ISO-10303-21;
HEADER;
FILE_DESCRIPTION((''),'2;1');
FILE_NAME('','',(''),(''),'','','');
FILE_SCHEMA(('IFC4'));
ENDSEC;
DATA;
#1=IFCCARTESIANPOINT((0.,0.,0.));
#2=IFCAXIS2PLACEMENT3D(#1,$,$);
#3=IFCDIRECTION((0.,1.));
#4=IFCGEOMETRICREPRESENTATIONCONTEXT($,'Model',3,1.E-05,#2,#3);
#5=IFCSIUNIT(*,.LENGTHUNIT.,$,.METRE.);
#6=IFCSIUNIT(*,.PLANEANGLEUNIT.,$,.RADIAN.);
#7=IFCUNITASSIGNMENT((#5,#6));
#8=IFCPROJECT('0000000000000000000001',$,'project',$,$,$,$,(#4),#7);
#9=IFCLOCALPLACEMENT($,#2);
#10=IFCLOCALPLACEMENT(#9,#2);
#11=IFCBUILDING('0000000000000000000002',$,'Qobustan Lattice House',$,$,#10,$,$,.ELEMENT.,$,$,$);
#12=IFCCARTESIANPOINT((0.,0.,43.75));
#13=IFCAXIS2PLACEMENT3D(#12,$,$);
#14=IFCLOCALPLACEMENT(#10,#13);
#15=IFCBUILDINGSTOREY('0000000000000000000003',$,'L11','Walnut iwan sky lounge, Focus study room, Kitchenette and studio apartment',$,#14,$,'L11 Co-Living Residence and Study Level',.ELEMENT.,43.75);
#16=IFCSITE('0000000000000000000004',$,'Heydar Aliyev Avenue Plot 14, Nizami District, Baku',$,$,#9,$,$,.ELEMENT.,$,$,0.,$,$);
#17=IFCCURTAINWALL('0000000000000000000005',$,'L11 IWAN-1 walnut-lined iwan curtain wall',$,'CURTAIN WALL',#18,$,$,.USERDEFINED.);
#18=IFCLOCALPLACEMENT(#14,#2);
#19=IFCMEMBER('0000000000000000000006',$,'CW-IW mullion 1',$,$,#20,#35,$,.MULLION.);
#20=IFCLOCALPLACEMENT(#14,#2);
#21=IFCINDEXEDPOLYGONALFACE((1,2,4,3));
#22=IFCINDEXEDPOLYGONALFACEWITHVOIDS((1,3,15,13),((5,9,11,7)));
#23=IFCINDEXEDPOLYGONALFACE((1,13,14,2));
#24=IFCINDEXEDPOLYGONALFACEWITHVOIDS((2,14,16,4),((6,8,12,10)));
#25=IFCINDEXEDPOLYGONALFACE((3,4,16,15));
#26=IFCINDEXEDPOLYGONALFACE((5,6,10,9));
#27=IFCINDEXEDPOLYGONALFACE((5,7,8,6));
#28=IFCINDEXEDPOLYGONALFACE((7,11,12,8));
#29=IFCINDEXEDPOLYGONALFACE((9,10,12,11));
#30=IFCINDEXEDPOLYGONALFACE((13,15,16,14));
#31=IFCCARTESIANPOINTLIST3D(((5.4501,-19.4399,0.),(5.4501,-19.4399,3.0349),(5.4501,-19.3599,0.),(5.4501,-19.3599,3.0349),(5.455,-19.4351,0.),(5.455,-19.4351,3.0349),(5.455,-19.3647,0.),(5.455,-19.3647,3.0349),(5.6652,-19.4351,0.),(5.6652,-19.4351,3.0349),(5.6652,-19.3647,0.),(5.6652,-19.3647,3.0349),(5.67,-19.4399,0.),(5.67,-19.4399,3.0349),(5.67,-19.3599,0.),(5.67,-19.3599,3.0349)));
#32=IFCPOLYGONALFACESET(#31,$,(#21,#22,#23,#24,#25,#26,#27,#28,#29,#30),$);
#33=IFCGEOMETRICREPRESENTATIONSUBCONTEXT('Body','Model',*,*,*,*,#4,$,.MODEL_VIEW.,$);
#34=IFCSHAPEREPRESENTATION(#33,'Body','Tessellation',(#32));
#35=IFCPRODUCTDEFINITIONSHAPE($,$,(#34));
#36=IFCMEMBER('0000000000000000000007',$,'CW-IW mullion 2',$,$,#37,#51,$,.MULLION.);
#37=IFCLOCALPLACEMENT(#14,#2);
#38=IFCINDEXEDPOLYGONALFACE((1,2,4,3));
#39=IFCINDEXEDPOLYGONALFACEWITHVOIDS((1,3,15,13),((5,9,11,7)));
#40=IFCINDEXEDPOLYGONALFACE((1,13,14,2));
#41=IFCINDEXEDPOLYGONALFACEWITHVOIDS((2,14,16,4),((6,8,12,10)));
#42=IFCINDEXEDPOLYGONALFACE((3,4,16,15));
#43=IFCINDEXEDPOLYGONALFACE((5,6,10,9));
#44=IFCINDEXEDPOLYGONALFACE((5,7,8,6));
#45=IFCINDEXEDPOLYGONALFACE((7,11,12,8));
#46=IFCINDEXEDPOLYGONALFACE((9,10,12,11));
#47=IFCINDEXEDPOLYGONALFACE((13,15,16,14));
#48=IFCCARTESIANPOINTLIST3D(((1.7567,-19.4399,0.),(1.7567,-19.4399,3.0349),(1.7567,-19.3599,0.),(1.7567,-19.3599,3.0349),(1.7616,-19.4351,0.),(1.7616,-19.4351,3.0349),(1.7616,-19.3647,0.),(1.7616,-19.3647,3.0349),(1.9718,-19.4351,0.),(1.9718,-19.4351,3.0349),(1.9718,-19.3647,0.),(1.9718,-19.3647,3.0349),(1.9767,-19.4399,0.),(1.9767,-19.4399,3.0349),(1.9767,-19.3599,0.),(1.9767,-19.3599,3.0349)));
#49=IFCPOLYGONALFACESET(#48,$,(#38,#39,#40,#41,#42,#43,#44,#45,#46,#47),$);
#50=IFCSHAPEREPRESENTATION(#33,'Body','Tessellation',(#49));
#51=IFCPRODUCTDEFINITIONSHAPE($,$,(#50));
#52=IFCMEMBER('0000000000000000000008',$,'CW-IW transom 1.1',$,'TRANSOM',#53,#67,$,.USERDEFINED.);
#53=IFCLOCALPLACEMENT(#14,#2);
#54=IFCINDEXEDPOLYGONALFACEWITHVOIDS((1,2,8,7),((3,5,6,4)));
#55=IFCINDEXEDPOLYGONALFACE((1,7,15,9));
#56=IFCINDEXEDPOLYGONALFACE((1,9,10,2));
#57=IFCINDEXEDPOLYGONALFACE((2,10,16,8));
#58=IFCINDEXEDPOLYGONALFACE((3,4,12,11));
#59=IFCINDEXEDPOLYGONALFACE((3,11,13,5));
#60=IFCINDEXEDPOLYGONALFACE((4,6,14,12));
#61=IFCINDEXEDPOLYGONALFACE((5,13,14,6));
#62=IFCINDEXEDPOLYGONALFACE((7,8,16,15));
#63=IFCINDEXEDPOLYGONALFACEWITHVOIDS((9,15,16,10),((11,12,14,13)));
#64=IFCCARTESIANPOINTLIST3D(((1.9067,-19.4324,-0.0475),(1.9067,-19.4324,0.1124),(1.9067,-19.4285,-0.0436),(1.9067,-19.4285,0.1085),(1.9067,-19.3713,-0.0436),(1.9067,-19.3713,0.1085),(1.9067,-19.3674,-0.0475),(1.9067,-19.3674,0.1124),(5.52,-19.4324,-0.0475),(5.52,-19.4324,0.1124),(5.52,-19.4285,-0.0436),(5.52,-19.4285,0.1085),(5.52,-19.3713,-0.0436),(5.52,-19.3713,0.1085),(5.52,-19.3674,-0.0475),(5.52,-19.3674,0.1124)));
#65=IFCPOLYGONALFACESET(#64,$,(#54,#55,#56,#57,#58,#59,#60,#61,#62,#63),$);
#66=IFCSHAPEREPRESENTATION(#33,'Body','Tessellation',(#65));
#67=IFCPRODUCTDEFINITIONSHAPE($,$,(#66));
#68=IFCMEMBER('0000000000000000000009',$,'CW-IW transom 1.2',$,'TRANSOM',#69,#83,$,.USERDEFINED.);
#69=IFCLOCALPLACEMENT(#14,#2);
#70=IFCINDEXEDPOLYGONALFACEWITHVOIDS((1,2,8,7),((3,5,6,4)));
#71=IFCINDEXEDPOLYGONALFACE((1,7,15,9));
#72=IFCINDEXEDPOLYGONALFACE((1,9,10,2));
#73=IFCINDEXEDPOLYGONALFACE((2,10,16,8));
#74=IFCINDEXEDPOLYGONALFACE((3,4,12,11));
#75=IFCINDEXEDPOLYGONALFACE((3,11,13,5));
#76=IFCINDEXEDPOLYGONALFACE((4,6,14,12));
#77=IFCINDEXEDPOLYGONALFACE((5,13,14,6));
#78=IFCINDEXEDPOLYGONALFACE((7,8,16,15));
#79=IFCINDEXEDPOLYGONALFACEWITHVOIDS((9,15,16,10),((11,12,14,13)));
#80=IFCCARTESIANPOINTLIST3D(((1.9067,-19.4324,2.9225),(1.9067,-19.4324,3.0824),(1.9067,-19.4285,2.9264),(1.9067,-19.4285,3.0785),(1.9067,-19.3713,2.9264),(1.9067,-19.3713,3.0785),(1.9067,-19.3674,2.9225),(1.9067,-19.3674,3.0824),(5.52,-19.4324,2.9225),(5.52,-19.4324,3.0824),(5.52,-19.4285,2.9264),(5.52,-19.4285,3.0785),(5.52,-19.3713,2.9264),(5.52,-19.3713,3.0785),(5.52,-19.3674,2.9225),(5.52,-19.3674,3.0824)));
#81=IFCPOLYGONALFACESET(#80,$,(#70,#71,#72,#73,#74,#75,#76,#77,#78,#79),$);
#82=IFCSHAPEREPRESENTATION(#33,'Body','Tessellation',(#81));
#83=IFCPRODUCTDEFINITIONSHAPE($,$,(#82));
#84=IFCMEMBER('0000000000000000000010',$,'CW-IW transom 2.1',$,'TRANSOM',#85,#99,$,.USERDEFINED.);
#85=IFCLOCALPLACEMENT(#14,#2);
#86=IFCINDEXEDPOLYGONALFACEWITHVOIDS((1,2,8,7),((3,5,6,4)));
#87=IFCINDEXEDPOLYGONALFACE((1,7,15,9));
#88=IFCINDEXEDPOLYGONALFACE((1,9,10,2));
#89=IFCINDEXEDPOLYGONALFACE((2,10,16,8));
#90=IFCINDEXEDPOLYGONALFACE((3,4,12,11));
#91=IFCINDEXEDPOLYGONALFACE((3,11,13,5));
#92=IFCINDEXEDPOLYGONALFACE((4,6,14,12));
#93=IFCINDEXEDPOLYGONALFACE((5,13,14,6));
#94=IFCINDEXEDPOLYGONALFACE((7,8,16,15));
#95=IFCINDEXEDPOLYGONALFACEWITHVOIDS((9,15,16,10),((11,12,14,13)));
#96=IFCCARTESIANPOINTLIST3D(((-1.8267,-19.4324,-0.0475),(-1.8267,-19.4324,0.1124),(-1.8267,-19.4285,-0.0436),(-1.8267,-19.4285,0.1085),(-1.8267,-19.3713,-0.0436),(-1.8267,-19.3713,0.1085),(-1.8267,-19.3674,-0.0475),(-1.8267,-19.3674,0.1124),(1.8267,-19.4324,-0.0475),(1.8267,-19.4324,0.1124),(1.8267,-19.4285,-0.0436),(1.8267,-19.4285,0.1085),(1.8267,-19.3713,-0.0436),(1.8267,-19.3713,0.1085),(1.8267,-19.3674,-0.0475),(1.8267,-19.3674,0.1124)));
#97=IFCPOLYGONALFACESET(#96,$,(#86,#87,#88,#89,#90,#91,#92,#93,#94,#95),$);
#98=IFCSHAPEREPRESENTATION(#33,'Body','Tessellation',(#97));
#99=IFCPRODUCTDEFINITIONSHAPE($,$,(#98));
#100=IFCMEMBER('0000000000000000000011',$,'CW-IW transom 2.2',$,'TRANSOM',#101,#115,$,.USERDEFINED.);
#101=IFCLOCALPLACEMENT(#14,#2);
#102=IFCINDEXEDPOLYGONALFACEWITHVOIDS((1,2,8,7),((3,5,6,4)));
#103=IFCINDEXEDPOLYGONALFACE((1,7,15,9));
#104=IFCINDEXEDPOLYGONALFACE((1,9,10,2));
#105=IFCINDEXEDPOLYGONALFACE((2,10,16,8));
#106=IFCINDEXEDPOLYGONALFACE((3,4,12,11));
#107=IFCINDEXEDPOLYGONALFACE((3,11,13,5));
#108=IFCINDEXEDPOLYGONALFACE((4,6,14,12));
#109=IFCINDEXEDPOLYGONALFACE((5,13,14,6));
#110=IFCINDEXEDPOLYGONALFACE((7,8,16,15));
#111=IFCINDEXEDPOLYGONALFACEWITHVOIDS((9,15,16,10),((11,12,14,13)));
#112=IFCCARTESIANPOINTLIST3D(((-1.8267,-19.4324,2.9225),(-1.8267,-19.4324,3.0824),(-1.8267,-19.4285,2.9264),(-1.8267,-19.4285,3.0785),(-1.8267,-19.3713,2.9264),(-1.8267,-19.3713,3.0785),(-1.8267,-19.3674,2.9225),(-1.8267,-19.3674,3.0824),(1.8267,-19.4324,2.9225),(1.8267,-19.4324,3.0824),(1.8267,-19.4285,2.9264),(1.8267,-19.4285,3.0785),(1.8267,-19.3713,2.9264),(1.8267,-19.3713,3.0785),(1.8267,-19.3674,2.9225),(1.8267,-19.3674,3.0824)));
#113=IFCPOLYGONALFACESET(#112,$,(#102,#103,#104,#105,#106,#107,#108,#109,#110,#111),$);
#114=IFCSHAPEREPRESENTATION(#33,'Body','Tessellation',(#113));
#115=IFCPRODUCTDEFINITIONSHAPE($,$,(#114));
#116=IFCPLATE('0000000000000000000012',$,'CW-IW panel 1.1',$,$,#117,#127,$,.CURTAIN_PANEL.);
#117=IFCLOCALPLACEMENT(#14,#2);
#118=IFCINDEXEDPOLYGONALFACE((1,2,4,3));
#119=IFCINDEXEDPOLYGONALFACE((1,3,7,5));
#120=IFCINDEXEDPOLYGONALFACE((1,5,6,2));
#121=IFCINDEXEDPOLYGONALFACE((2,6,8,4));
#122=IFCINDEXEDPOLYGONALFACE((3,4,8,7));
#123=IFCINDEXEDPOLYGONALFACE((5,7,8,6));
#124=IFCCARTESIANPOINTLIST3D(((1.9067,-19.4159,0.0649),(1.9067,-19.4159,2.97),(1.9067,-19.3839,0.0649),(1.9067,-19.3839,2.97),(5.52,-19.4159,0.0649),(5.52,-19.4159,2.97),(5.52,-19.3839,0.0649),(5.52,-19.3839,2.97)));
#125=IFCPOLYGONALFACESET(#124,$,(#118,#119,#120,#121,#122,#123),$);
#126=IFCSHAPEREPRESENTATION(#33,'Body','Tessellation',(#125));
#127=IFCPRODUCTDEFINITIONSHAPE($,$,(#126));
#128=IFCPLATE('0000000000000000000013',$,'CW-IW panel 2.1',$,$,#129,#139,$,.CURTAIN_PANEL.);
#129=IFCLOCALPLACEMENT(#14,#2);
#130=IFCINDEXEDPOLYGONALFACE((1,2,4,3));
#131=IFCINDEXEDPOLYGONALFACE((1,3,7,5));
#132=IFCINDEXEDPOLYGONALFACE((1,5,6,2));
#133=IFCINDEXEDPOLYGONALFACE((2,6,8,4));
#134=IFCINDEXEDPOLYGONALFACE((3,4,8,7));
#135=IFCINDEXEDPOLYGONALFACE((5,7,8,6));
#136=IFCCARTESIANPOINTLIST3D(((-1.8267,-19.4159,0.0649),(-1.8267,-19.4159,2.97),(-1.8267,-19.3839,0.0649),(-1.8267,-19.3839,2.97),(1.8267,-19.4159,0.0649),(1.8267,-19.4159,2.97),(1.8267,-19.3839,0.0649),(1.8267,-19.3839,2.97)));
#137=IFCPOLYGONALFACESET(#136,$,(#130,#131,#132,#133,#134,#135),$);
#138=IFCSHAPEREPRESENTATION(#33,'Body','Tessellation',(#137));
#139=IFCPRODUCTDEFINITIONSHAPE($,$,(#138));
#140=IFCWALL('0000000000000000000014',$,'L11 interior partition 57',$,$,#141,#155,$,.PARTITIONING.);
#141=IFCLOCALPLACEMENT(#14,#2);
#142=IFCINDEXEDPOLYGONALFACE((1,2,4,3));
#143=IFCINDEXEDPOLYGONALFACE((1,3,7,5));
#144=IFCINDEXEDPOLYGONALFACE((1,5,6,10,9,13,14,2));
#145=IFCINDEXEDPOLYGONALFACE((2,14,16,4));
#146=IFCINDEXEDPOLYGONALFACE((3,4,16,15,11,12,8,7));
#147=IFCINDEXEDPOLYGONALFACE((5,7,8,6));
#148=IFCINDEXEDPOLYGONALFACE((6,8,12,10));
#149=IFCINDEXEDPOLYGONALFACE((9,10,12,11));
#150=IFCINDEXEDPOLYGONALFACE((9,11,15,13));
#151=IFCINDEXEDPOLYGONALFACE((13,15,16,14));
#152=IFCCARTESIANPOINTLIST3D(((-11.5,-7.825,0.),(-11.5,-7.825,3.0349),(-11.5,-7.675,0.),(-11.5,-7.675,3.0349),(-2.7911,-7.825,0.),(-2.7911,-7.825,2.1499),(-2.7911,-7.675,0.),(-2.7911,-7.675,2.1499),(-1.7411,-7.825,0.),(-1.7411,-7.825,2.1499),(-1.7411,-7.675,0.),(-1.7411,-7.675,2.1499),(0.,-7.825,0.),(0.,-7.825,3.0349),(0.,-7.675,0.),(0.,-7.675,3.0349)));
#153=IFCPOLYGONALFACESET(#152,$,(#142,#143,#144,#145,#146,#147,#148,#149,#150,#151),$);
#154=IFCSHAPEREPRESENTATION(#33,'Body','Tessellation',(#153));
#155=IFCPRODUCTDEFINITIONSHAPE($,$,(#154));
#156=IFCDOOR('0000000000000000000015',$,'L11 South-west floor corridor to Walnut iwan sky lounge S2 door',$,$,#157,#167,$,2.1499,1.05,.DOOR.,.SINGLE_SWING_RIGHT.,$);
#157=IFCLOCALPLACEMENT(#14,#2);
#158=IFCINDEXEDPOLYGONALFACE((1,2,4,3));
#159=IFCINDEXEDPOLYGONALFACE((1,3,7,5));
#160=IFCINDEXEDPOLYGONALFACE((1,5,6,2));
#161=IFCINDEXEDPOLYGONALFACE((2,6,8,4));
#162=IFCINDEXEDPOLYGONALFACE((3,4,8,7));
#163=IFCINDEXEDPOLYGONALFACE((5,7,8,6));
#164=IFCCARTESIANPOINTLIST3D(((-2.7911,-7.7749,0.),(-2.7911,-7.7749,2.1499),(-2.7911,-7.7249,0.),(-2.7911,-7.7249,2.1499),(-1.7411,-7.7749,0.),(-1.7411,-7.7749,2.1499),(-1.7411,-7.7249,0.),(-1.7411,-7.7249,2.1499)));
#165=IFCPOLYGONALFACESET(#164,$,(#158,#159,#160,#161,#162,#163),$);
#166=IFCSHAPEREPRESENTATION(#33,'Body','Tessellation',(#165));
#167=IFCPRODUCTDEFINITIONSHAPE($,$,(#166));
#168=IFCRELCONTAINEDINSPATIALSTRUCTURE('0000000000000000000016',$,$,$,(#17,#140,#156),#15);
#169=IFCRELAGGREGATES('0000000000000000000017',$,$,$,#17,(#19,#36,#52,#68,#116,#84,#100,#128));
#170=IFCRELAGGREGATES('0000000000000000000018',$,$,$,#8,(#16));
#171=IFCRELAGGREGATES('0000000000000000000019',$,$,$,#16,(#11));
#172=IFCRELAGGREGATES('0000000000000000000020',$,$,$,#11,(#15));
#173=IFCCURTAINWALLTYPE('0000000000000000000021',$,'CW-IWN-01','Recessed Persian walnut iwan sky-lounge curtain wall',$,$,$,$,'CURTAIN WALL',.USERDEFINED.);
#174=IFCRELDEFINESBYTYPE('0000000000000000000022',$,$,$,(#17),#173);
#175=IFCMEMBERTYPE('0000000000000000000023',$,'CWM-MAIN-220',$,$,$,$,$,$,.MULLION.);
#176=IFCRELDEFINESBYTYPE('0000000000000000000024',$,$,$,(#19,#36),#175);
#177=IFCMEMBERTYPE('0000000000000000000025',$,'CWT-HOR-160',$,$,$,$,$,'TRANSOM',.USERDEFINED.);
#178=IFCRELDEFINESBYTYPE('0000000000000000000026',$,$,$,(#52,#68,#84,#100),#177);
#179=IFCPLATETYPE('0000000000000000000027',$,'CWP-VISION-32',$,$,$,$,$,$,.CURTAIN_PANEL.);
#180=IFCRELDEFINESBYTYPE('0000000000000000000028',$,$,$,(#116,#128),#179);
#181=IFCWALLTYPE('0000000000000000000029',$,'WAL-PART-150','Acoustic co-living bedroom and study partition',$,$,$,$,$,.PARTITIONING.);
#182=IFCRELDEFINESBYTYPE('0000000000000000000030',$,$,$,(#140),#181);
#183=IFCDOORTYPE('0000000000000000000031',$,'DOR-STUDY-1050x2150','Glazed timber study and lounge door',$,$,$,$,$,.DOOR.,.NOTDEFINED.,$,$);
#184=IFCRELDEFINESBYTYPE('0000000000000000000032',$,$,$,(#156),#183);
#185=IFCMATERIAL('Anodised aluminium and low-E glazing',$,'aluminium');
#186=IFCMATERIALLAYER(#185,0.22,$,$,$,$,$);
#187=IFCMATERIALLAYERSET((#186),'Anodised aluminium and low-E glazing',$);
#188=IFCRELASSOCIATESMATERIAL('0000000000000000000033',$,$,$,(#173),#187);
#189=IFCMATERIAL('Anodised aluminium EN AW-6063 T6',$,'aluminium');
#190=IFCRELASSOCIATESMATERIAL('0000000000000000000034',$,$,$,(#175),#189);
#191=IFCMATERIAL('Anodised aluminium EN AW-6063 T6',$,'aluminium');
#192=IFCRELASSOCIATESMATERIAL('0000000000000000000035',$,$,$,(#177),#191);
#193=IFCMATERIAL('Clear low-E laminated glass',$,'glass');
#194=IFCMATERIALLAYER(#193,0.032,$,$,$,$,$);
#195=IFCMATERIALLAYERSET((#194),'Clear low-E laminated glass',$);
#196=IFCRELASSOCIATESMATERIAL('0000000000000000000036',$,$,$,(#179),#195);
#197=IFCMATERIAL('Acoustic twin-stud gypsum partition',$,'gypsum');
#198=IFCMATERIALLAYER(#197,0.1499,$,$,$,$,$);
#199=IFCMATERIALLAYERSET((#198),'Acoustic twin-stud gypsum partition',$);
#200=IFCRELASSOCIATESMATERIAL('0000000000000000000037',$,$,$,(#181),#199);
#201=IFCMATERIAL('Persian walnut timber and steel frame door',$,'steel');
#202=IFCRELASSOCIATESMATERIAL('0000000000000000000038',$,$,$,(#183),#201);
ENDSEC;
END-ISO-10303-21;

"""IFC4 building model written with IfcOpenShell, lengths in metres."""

from ifc_helpers import new_model, si_unit, direction, frame, frame_2d, origin, origin_2d, place, context, subcontext, project, spatial, rectangle, hollow_rectangle, extrude, material, layer, layer_set, material_profile, profile_set, type_object, element, fill, aggregate, save


model = new_model("IFC4")

# Units and contexts
model_context = context("Model", 3, precision=1e-05, world=origin(), true_north=direction((0.0, 1.0)))
body_context = subcontext(model_context, "Body", "Model", "MODEL_VIEW")
ifc_project = project(units=[si_unit("LENGTHUNIT", "METRE"), si_unit("PLANEANGLEUNIT", "RADIAN")], contexts=[model_context])

# Site, building, storey
site_placement = place(None, origin())
site = spatial("IfcSite", under=ifc_project, at=site_placement, Name="Heydar Aliyev Avenue Plot 14, Nizami District, Baku", CompositionType="ELEMENT", RefElevation=0.0)
building_placement = place(site_placement, origin())
building = spatial("IfcBuilding", under=site, at=building_placement, Name="Qobustan Lattice House", CompositionType="ELEMENT")
storey_placement = place(building_placement, frame((0.0, 0.0, 43.75)))
storey = spatial("IfcBuildingStorey", under=building, at=storey_placement, Name="L11", Description="Walnut iwan sky lounge, Focus study room, Kitchenette and studio apartment", LongName="L11 Co-Living Residence and Study Level", CompositionType="ELEMENT", Elevation=43.75)

# Curtain wall, members, plates
ifc_material_1 = material(Name="Anodised aluminium and low-E glazing", Category="aluminium")
ifc_layer_1 = layer(ifc_material_1, 0.22)
ifc_layer_set_1 = layer_set([ifc_layer_1], Name="Anodised aluminium and low-E glazing")
curtain_wall_type = type_object("IfcCurtainWallType", Name="CW-IWN-01", Description="Recessed Persian walnut iwan sky-lounge curtain wall", ElementType="CURTAIN WALL", PredefinedType="USERDEFINED", material=ifc_layer_set_1)
curtain_wall_placement = place(storey_placement, origin())
curtain_wall = element("IfcCurtainWall", 1, at=curtain_wall_placement, inside=storey, type_object=curtain_wall_type, Name="L11 IWAN-1 walnut-lined iwan curtain wall", ObjectType="CURTAIN WALL", PredefinedType="USERDEFINED")
ifc_material_2 = material(Name="Anodised aluminium EN AW-6063 T6", Category="aluminium")
ifc_material_profile_1 = material_profile(ifc_material_2, hollow_rectangle(XDim=0.0801, YDim=0.22, WallThickness=0.0049, at=origin_2d()), Name="CWM-220x80")
ifc_profile_set_1 = profile_set([ifc_material_profile_1], Name="Anodised aluminium EN AW-6063 T6")
member_type_1 = type_object("IfcMemberType", Name="CWM-MAIN-220", PredefinedType="MULLION", material=ifc_profile_set_1)
member_1_placement = place(storey_placement, frame((5.5601, -19.3999, 0.0), z_axis=(0.0, 0.0, 1.0), x_axis=(0.0, -1.0, 0.0)))
member_1 = element("IfcMember", 2, at=member_1_placement, type_object=member_type_1, Name="CW-IW mullion 1", PredefinedType="MULLION", context=body_context, shape_type="SweptSolid", body=[
    extrude(hollow_rectangle(XDim=0.0801, YDim=0.22, WallThickness=0.0049, at=origin_2d()), origin(), (0.0, 0.0, 1.0), 3.0349),
])
member_2_placement = place(storey_placement, frame((1.8667, -19.3999, 0.0), z_axis=(0.0, 0.0, 1.0), x_axis=(0.0, -1.0, 0.0)))
member_2 = element("IfcMember", 3, at=member_2_placement, type_object=member_type_1, Name="CW-IW mullion 2", PredefinedType="MULLION", context=body_context, shape_type="SweptSolid", body=[
    extrude(hollow_rectangle(XDim=0.0801, YDim=0.22, WallThickness=0.0049, at=origin_2d()), origin(), (0.0, 0.0, 1.0), 3.0349),
])
ifc_material_3 = material(Name="Anodised aluminium EN AW-6063 T6", Category="aluminium")
ifc_material_profile_2 = material_profile(ifc_material_3, hollow_rectangle(XDim=0.0649, YDim=0.1599, WallThickness=0.0039, at=origin_2d()), Name="CWT-160x65")
ifc_profile_set_2 = profile_set([ifc_material_profile_2], Name="Anodised aluminium EN AW-6063 T6")
member_type_2 = type_object("IfcMemberType", Name="CWT-HOR-160", ElementType="TRANSOM", PredefinedType="USERDEFINED", material=ifc_profile_set_2)
member_3_placement = place(storey_placement, frame((5.52, -19.3999, 0.0325), z_axis=(-1.0, 0.0, 0.0), x_axis=(0.0, -1.0, 0.0)))
member_3 = element("IfcMember", 4, at=member_3_placement, type_object=member_type_2, Name="CW-IW transom 1.1", ObjectType="TRANSOM", PredefinedType="USERDEFINED", context=body_context, shape_type="SweptSolid", body=[
    extrude(hollow_rectangle(XDim=0.0649, YDim=0.1599, WallThickness=0.0039, at=origin_2d()), origin(), (0.0, 0.0, 1.0), 3.6133),
])
member_4_placement = place(storey_placement, frame((5.52, -19.3999, 3.0024), z_axis=(-1.0, 0.0, 0.0), x_axis=(0.0, -1.0, 0.0)))
member_4 = element("IfcMember", 5, at=member_4_placement, type_object=member_type_2, Name="CW-IW transom 1.2", ObjectType="TRANSOM", PredefinedType="USERDEFINED", context=body_context, shape_type="SweptSolid", body=[
    extrude(hollow_rectangle(XDim=0.0649, YDim=0.1599, WallThickness=0.0039, at=origin_2d()), origin(), (0.0, 0.0, 1.0), 3.6133),
])
member_5_placement = place(storey_placement, frame((1.8267, -19.3999, 0.0325), z_axis=(-1.0, 0.0, 0.0), x_axis=(0.0, -1.0, 0.0)))
member_5 = element("IfcMember", 6, at=member_5_placement, type_object=member_type_2, Name="CW-IW transom 2.1", ObjectType="TRANSOM", PredefinedType="USERDEFINED", context=body_context, shape_type="SweptSolid", body=[
    extrude(hollow_rectangle(XDim=0.0649, YDim=0.1599, WallThickness=0.0039, at=origin_2d()), origin(), (0.0, 0.0, 1.0), 3.6533),
])
member_6_placement = place(storey_placement, frame((1.8267, -19.3999, 3.0024), z_axis=(-1.0, 0.0, 0.0), x_axis=(0.0, -1.0, 0.0)))
member_6 = element("IfcMember", 7, at=member_6_placement, type_object=member_type_2, Name="CW-IW transom 2.2", ObjectType="TRANSOM", PredefinedType="USERDEFINED", context=body_context, shape_type="SweptSolid", body=[
    extrude(hollow_rectangle(XDim=0.0649, YDim=0.1599, WallThickness=0.0039, at=origin_2d()), origin(), (0.0, 0.0, 1.0), 3.6533),
])
ifc_material_4 = material(Name="Clear low-E laminated glass", Category="glass")
ifc_layer_2 = layer(ifc_material_4, 0.032)
ifc_layer_set_2 = layer_set([ifc_layer_2], Name="Clear low-E laminated glass")
plate_type = type_object("IfcPlateType", Name="CWP-VISION-32", PredefinedType="CURTAIN_PANEL", material=ifc_layer_set_2)
plate_1_placement = place(storey_placement, frame((3.7134, -19.3999, 0.0649), z_axis=(0.0, 0.0, 1.0), x_axis=(-1.0, 0.0, 0.0)))
plate_1 = element("IfcPlate", 8, at=plate_1_placement, type_object=plate_type, Name="CW-IW panel 1.1", PredefinedType="CURTAIN_PANEL", context=body_context, shape_type="SweptSolid", body=[
    extrude(rectangle(XDim=3.6133, YDim=0.032, at=origin_2d()), origin(), (0.0, 0.0, 1.0), 2.905),
])
plate_2_placement = place(storey_placement, frame((0.0, -19.3999, 0.0649), z_axis=(0.0, 0.0, 1.0), x_axis=(-1.0, 0.0, 0.0)))
plate_2 = element("IfcPlate", 9, at=plate_2_placement, type_object=plate_type, Name="CW-IW panel 2.1", PredefinedType="CURTAIN_PANEL", context=body_context, shape_type="SweptSolid", body=[
    extrude(rectangle(XDim=3.6533, YDim=0.032, at=origin_2d()), origin(), (0.0, 0.0, 1.0), 2.905),
])
aggregate(curtain_wall, [member_1, member_2, member_3, member_4, plate_1, member_5, member_6, plate_2])

# Wall, opening, door
ifc_material_5 = material(Name="Acoustic twin-stud gypsum partition", Category="gypsum")
ifc_layer_3 = layer(ifc_material_5, 0.1499)
ifc_layer_set_3 = layer_set([ifc_layer_3], Name="Acoustic twin-stud gypsum partition")
wall_type_1 = type_object("IfcWallType", Name="WAL-PART-150", Description="Acoustic co-living bedroom and study partition", PredefinedType="PARTITIONING", material=ifc_layer_set_3)
wall_1_placement = place(storey_placement, frame((0.0, -7.75, 0.0), z_axis=(0.0, 0.0, 1.0), x_axis=(-1.0, 0.0, 0.0)))
wall_1 = element("IfcWall", 10, at=wall_1_placement, inside=storey, type_object=wall_type_1, Name="L11 interior partition 57", PredefinedType="PARTITIONING", context=body_context, shape_type="SweptSolid", body=[
    extrude(rectangle(XDim=11.5, YDim=0.1499, at=frame_2d((5.75, 0.0))), origin(), (0.0, 0.0, 1.0), 3.0349),
])
opening_1_placement = place(wall_1_placement, frame((1.7412, 0.0, 0.0)))
opening_1 = element("IfcOpeningElement", 11, at=opening_1_placement, cuts=wall_1, PredefinedType="OPENING", context=body_context, shape_type="SweptSolid", body=[
    extrude(rectangle(XDim=1.05, YDim=2.1499, at=frame_2d((0.5249, 1.075))), frame((0.0, 0.085, 0.0), z_axis=(0.0, -1.0, 0.0), x_axis=(1.0, 0.0, 0.0)), (0.0, 0.0, 1.0), 0.1699),
])
ifc_material_6 = material(Name="Persian walnut timber and steel frame door", Category="steel")
door_type = type_object("IfcDoorType", Name="DOR-STUDY-1050x2150", Description="Glazed timber study and lounge door", OperationType="NOTDEFINED", PredefinedType="DOOR", material=ifc_material_6)
door_1_placement = place(opening_1_placement, origin())
door_1 = element("IfcDoor", 12, at=door_1_placement, inside=storey, type_object=door_type, Name="L11 South-west floor corridor to Walnut iwan sky lounge S2 door", OperationType="SINGLE_SWING_RIGHT", OverallHeight=2.1499, OverallWidth=1.05, PredefinedType="DOOR", context=body_context, shape_type="SweptSolid", body=[
    extrude(rectangle(XDim=1.05, YDim=2.1499, at=frame_2d((0.5249, 1.075))), frame((0.0, 0.0249, 0.0), z_axis=(0.0, -1.0, 0.0), x_axis=(1.0, 0.0, 0.0)), (0.0, 0.0, 1.0), 0.05),
])
fill(opening_1, door_1)

save(model, "model.ifc")
